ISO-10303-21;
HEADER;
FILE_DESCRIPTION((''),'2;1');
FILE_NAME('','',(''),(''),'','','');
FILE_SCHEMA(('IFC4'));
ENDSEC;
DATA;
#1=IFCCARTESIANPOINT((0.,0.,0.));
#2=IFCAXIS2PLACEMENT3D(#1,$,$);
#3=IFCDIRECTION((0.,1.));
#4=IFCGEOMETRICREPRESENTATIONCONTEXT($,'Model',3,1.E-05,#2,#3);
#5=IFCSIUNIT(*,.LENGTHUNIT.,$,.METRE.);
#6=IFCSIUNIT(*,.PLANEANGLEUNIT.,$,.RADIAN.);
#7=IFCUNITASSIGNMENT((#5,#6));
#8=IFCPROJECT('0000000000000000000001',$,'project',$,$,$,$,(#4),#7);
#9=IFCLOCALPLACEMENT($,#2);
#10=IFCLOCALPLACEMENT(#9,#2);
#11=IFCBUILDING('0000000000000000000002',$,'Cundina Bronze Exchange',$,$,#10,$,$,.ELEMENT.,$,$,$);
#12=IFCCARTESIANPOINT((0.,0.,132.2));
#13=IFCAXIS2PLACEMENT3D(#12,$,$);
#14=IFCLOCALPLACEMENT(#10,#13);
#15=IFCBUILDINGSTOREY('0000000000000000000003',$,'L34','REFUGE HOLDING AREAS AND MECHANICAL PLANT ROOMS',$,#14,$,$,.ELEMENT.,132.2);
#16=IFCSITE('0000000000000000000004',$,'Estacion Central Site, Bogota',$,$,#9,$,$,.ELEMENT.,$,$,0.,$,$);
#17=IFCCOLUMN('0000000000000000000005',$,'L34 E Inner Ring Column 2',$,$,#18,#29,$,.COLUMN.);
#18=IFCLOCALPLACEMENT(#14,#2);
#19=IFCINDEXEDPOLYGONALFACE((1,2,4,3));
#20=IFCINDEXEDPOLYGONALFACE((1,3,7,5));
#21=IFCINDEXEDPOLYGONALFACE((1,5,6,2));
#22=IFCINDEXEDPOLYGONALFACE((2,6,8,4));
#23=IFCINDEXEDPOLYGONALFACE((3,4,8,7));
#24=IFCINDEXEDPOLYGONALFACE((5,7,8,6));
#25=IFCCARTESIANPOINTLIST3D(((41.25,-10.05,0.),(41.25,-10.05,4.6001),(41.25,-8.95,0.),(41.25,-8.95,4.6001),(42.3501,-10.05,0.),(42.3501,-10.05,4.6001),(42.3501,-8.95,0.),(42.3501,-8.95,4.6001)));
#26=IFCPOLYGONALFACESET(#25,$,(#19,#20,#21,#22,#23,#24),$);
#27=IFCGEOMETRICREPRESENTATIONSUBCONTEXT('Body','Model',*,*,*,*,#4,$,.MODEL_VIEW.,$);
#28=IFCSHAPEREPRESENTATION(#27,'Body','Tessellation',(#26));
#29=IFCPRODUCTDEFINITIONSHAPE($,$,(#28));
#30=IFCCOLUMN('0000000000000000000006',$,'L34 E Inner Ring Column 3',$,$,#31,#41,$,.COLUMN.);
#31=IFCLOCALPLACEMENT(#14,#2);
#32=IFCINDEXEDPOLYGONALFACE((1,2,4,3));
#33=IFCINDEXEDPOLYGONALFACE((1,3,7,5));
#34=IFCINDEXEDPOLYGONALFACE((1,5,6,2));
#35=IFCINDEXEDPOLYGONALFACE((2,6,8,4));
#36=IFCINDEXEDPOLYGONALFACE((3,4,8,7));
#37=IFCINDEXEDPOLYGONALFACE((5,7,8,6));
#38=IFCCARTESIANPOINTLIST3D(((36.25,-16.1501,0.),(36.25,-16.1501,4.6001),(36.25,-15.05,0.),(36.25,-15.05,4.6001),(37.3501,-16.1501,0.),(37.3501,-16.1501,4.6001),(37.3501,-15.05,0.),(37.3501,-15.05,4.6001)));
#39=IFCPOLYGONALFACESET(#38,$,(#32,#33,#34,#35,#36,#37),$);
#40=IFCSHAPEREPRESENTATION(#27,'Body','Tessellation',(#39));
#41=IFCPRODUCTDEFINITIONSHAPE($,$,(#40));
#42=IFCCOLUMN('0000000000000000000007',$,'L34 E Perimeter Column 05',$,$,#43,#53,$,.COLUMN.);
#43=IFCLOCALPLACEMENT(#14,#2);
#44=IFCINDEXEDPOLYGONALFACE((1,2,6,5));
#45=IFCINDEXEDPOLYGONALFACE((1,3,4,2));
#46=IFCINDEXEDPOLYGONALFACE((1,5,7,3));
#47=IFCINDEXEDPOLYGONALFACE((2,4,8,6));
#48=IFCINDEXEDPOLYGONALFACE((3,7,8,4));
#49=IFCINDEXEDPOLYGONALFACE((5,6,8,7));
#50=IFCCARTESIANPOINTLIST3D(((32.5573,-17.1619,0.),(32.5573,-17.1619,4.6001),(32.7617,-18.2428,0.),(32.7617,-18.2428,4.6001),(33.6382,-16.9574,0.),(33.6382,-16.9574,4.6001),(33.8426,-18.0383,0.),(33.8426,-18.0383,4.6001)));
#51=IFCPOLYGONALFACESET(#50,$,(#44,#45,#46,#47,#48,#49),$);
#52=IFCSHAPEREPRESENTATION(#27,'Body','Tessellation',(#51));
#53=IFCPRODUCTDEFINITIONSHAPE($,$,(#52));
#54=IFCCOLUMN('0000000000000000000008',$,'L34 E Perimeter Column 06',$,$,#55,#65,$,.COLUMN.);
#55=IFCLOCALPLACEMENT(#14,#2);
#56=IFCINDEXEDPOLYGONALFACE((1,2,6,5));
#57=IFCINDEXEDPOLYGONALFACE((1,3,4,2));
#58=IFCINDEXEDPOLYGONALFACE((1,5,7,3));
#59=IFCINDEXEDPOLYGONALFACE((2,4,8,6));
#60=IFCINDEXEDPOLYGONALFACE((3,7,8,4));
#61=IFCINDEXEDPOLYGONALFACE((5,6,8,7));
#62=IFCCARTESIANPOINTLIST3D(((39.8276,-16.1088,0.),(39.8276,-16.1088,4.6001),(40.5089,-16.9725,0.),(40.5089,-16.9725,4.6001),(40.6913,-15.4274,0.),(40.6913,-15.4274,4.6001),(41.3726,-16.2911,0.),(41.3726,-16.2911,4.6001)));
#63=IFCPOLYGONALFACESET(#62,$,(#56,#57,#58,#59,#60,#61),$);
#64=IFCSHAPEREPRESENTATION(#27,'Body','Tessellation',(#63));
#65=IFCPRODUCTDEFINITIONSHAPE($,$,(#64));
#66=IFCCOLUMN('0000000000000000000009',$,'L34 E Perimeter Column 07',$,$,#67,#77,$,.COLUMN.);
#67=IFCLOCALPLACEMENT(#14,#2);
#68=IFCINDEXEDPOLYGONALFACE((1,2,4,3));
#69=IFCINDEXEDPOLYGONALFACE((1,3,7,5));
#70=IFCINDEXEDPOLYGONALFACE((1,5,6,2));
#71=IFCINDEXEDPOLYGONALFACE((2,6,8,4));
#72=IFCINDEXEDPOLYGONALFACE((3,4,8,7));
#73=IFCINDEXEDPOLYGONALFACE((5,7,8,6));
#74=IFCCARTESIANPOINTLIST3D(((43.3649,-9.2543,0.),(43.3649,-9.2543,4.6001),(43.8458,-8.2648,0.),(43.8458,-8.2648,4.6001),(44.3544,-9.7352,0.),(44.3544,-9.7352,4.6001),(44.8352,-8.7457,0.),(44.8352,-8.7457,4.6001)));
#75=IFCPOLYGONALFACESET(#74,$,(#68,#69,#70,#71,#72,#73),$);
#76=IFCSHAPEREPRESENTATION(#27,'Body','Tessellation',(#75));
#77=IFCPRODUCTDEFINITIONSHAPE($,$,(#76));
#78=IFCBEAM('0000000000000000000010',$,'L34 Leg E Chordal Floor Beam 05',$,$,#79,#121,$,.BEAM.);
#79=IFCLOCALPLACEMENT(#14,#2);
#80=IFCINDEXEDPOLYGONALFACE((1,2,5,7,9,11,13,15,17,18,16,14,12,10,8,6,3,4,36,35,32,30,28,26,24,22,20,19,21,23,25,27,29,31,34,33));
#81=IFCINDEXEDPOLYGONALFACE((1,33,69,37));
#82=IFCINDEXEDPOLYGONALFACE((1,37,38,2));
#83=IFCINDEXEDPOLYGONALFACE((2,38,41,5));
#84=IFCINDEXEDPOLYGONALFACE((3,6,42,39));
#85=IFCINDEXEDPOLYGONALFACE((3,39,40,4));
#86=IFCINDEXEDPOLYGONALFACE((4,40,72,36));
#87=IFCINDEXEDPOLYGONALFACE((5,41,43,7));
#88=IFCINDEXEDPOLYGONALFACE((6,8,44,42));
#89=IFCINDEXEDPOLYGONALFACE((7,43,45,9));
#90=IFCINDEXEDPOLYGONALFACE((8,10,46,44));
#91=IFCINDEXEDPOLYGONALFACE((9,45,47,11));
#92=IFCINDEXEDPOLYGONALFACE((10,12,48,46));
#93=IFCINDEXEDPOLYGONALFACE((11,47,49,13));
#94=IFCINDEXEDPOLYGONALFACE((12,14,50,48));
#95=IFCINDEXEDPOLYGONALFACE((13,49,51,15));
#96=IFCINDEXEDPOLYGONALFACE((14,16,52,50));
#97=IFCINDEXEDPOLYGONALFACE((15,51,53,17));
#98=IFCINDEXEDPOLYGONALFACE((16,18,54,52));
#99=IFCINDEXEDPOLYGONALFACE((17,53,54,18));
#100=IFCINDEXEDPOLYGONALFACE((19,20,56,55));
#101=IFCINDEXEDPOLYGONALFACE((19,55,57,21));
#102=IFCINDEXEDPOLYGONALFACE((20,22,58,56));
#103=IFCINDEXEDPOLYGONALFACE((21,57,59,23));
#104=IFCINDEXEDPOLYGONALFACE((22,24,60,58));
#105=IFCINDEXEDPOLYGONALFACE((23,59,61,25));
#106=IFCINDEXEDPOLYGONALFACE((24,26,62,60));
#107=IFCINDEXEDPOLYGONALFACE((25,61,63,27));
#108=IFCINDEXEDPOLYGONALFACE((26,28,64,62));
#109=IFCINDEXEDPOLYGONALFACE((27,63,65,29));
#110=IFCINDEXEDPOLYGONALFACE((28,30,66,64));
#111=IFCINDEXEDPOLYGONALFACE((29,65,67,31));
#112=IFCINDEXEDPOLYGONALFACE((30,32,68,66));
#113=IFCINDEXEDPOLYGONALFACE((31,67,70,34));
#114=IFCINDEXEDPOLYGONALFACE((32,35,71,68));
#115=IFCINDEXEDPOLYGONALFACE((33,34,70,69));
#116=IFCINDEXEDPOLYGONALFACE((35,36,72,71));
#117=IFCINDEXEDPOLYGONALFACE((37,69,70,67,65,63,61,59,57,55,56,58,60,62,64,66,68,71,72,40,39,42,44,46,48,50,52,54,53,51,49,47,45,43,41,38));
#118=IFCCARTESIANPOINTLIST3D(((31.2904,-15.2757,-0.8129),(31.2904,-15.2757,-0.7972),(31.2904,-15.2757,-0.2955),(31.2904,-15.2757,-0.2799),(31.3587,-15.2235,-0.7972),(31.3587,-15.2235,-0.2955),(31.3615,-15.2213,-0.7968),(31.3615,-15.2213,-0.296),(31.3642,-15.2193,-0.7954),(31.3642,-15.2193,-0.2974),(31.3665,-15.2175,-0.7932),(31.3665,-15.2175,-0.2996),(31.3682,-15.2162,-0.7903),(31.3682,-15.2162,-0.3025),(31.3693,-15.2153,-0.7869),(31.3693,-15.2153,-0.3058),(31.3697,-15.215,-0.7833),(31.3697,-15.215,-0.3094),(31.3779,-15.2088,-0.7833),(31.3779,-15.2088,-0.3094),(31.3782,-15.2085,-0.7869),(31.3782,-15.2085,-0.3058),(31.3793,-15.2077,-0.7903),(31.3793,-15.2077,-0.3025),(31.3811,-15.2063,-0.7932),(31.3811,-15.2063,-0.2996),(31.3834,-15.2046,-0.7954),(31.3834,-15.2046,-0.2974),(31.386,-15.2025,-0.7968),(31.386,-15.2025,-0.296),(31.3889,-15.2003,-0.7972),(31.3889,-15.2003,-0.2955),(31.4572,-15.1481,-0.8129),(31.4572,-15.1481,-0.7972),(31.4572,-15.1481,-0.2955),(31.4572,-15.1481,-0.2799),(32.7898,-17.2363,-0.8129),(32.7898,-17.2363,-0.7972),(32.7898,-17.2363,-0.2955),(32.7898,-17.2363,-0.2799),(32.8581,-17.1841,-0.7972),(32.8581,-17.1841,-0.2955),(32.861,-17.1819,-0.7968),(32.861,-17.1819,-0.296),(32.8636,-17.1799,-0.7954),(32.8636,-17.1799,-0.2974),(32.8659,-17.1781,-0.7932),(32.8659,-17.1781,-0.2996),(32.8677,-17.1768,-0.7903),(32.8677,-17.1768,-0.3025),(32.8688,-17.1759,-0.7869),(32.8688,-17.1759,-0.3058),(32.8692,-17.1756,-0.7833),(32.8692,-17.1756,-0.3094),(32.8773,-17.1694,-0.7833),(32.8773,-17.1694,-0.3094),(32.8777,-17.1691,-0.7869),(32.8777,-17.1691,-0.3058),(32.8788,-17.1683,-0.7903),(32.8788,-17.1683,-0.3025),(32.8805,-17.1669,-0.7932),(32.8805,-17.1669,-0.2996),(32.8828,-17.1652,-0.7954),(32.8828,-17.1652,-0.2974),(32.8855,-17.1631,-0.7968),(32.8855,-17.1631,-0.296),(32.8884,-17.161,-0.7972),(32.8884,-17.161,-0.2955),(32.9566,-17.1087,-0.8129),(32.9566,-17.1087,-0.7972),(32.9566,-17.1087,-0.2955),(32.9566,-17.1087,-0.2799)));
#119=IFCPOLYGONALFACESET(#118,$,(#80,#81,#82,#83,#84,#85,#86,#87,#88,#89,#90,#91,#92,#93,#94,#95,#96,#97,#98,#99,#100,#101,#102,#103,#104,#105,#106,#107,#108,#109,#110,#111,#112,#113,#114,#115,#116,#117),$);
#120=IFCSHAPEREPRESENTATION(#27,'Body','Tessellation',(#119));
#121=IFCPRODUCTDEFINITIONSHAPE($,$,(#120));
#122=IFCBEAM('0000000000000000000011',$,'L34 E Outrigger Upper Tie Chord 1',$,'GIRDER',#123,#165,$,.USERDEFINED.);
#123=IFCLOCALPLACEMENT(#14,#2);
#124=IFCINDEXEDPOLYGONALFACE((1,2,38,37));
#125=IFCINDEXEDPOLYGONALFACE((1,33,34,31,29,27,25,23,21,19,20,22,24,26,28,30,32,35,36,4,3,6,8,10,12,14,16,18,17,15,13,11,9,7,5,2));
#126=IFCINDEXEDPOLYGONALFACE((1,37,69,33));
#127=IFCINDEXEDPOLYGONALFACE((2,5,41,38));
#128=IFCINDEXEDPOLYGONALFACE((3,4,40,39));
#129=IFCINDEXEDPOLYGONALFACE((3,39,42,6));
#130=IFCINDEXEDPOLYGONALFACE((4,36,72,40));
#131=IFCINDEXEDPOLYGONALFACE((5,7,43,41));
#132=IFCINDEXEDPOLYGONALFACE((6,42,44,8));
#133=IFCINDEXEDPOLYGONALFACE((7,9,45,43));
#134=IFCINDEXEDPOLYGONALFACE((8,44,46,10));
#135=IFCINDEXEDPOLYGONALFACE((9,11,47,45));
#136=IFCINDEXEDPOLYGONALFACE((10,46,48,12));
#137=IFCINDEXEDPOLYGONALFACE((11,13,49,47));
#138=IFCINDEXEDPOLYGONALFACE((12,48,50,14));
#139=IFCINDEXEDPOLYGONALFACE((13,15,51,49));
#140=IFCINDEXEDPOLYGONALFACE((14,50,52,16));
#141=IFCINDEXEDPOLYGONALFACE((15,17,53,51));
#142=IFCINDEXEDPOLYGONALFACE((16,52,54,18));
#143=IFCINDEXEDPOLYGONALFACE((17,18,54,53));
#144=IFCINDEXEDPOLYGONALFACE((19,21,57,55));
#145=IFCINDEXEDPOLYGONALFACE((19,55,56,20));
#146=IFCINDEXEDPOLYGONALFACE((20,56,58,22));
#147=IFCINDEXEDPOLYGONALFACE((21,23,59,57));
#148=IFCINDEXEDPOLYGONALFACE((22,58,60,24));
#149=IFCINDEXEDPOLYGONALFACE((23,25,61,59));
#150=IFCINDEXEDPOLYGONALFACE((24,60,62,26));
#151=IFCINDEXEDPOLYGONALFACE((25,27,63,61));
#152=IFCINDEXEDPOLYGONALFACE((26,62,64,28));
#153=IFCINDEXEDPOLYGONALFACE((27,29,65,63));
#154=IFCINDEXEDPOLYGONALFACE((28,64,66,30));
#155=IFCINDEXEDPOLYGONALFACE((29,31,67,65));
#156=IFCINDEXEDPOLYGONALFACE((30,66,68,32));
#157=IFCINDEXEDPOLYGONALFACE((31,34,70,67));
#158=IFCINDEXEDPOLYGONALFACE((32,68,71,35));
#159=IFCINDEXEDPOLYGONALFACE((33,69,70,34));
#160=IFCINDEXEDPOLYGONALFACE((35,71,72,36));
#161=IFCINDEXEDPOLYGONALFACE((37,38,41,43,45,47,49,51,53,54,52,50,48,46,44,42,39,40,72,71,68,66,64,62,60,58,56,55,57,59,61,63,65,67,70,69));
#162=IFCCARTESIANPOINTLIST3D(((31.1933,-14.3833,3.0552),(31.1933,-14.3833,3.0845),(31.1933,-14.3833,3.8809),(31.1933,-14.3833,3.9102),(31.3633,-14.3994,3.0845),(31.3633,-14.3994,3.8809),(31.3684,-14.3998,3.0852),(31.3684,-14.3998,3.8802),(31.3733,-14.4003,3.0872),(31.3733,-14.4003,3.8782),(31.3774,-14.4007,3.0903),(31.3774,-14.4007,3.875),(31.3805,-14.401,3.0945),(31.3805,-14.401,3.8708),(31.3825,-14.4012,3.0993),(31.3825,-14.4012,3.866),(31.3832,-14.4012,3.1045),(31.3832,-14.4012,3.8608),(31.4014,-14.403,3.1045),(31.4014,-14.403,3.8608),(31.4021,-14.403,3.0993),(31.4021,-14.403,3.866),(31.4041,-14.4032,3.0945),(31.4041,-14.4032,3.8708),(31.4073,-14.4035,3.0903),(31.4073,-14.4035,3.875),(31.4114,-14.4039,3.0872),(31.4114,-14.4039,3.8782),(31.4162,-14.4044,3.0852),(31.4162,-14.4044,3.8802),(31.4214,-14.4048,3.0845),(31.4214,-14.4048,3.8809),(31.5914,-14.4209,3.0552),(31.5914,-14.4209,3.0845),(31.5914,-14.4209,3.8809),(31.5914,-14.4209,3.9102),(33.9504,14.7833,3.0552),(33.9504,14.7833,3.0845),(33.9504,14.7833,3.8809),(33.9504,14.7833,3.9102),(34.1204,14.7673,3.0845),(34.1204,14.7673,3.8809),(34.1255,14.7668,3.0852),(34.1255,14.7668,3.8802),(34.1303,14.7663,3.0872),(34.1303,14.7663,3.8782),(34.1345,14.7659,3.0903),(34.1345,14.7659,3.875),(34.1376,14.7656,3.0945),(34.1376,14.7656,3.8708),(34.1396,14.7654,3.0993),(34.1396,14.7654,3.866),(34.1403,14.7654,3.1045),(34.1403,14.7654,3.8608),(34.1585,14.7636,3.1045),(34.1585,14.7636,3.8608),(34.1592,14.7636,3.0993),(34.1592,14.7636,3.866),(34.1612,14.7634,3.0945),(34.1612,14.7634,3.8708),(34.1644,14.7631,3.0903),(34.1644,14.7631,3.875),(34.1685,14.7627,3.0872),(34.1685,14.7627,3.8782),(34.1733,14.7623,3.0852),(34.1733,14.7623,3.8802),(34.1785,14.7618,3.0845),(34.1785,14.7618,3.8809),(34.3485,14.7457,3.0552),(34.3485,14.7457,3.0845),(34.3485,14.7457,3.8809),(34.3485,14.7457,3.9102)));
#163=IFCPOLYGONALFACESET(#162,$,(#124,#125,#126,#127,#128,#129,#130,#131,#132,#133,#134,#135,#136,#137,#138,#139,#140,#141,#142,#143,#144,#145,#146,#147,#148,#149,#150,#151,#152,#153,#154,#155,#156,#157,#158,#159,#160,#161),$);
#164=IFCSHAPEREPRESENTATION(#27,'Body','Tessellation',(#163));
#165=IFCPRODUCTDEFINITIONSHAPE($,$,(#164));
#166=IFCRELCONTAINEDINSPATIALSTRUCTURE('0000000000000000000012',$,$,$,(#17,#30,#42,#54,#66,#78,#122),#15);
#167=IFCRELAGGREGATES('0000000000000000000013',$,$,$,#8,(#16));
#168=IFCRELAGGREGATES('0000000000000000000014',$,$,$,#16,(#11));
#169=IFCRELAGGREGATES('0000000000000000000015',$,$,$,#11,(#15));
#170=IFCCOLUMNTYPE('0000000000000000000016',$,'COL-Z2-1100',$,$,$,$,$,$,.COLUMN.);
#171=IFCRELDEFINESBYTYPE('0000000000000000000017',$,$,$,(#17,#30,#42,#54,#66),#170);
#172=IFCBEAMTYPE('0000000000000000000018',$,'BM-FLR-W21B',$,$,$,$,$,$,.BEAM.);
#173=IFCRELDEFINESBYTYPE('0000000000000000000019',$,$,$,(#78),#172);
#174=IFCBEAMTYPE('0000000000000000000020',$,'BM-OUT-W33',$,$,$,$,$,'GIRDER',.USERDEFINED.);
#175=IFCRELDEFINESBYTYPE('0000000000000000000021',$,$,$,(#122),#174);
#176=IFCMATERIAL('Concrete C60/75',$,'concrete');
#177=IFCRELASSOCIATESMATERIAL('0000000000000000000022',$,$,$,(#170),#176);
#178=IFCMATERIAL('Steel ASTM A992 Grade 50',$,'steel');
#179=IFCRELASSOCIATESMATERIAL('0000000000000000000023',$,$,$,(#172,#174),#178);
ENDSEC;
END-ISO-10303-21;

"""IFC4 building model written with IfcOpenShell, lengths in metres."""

from ifc_helpers import new_model, si_unit, direction, frame, origin, origin_2d, place, context, subcontext, project, spatial, rectangle, i_section, extrude, material, material_profile, profile_set, type_object, element, save


model = new_model("IFC4")

# Units and contexts
model_context = context("Model", 3, precision=1e-05, world=origin(), true_north=direction((0.0, 1.0)))
body_context = subcontext(model_context, "Body", "Model", "MODEL_VIEW")
ifc_project = project(units=[si_unit("LENGTHUNIT", "METRE"), si_unit("PLANEANGLEUNIT", "RADIAN")], contexts=[model_context])

# Site, building, storey
site_placement = place(None, origin())
site = spatial("IfcSite", under=ifc_project, at=site_placement, Name="Estacion Central Site, Bogota", CompositionType="ELEMENT", RefElevation=0.0)
building_placement = place(site_placement, origin())
building = spatial("IfcBuilding", under=site, at=building_placement, Name="Cundina Bronze Exchange", CompositionType="ELEMENT")
storey_placement = place(building_placement, frame((0.0, 0.0, 132.2)))
storey = spatial("IfcBuildingStorey", under=building, at=storey_placement, Name="L34", Description="REFUGE HOLDING AREAS AND MECHANICAL PLANT ROOMS", CompositionType="ELEMENT", Elevation=132.2)

# Columns
ifc_material_1 = material(Name="Concrete C60/75", Category="concrete")
ifc_material_profile_1 = material_profile(ifc_material_1, rectangle(XDim=1.1001, YDim=1.1001, at=origin_2d()), Name="RC1100X1100", Category="concrete")
ifc_profile_set_1 = profile_set([ifc_material_profile_1], Name="Concrete C60/75")
column_type = type_object("IfcColumnType", Name="COL-Z2-1100", PredefinedType="COLUMN", material=ifc_profile_set_1)
for number, where, z_axis, x_axis, name in (
    (1, (41.8, -9.5, 0.0), (0.0, 0.0, 1.0), (1.0, 0.0, 0.0), "L34 E Inner Ring Column 2"),
    (2, (36.8, -15.6001, 0.0), (0.0, 0.0, 1.0), (1.0, 0.0, 0.0), "L34 E Inner Ring Column 3"),
    (3, (33.2, -17.6001, 0.0), (0.0, 0.0, 1.0), (0.98258, 0.185838, 0.0), "L34 E Perimeter Column 05"),
    (4, (40.6001, -16.2, 0.0), (0.0, 0.0, 1.0), (0.785101, 0.619368, 0.0), "L34 E Perimeter Column 06"),
    (5, (44.1001, -9.0, 0.0), (0.0, 0.0, 1.0), (0.437116, 0.899405, 0.0), "L34 E Perimeter Column 07"),
):
    element("IfcColumn", number, at=place(storey_placement, frame(where, z_axis=z_axis, x_axis=x_axis)), inside=storey, type_object=column_type, Name=name, PredefinedType="COLUMN", context=body_context, shape_type="SweptSolid", body=[
        extrude(rectangle(XDim=1.1001, YDim=1.1001, at=origin_2d()), origin(), (0.0, 0.0, 1.0), 4.6001),
    ])

# Beams
ifc_material_2 = material(Name="Steel ASTM A992 Grade 50", Category="steel")
ifc_material_profile_2 = material_profile(ifc_material_2, i_section(OverallWidth=0.21, OverallDepth=0.533, WebThickness=0.0103, FlangeThickness=0.0156, FilletRadius=0.0139, at=origin_2d()), Name="W21X62", Category="steel")
ifc_profile_set_2 = profile_set([ifc_material_profile_2], Name="Steel ASTM A992 Grade 50")
beam_type_1 = type_object("IfcBeamType", Name="BM-FLR-W21B", PredefinedType="BEAM", material=ifc_profile_set_2)
beam_1_placement = place(storey_placement, frame((31.3738, -15.2119, -0.5464), z_axis=(0.60749, -0.794327, 0.0), x_axis=(0.794327, 0.60749, 0.0)))
element("IfcBeam", 6, at=beam_1_placement, inside=storey, type_object=beam_type_1, Name="L34 Leg E Chordal Floor Beam 05", PredefinedType="BEAM", context=body_context, shape_type="SweptSolid", body=[
    extrude(i_section(OverallWidth=0.21, OverallDepth=0.533, WebThickness=0.0103, FlangeThickness=0.0156, FilletRadius=0.0139, at=origin_2d()), origin(), (0.0, 0.0, 1.0), 2.4683),
])
ifc_material_profile_3 = material_profile(ifc_material_2, i_section(OverallWidth=0.3999, OverallDepth=0.855, WebThickness=0.0183, FlangeThickness=0.0293, FilletRadius=0.02, at=origin_2d()), Name="W33X201", Category="steel")
ifc_profile_set_3 = profile_set([ifc_material_profile_3], Name="Steel ASTM A992 Grade 50")
beam_type_2 = type_object("IfcBeamType", Name="BM-OUT-W33", ElementType="GIRDER", PredefinedType="USERDEFINED", material=ifc_profile_set_3)
beam_2_placement = place(storey_placement, frame((31.3923, -14.4021, 3.4827), z_axis=(0.094109, 0.995562, 0.0), x_axis=(-0.995562, 0.094109, 0.0)))
element("IfcBeam", 7, at=beam_2_placement, inside=storey, type_object=beam_type_2, Name="L34 E Outrigger Upper Tie Chord 1", ObjectType="GIRDER", PredefinedType="USERDEFINED", context=body_context, shape_type="SweptSolid", body=[
    extrude(i_section(OverallWidth=0.3999, OverallDepth=0.855, WebThickness=0.0183, FlangeThickness=0.0293, FilletRadius=0.02, at=origin_2d()), origin(), (0.0, 0.0, 1.0), 29.2966),
])

save(model, "model.ifc")
